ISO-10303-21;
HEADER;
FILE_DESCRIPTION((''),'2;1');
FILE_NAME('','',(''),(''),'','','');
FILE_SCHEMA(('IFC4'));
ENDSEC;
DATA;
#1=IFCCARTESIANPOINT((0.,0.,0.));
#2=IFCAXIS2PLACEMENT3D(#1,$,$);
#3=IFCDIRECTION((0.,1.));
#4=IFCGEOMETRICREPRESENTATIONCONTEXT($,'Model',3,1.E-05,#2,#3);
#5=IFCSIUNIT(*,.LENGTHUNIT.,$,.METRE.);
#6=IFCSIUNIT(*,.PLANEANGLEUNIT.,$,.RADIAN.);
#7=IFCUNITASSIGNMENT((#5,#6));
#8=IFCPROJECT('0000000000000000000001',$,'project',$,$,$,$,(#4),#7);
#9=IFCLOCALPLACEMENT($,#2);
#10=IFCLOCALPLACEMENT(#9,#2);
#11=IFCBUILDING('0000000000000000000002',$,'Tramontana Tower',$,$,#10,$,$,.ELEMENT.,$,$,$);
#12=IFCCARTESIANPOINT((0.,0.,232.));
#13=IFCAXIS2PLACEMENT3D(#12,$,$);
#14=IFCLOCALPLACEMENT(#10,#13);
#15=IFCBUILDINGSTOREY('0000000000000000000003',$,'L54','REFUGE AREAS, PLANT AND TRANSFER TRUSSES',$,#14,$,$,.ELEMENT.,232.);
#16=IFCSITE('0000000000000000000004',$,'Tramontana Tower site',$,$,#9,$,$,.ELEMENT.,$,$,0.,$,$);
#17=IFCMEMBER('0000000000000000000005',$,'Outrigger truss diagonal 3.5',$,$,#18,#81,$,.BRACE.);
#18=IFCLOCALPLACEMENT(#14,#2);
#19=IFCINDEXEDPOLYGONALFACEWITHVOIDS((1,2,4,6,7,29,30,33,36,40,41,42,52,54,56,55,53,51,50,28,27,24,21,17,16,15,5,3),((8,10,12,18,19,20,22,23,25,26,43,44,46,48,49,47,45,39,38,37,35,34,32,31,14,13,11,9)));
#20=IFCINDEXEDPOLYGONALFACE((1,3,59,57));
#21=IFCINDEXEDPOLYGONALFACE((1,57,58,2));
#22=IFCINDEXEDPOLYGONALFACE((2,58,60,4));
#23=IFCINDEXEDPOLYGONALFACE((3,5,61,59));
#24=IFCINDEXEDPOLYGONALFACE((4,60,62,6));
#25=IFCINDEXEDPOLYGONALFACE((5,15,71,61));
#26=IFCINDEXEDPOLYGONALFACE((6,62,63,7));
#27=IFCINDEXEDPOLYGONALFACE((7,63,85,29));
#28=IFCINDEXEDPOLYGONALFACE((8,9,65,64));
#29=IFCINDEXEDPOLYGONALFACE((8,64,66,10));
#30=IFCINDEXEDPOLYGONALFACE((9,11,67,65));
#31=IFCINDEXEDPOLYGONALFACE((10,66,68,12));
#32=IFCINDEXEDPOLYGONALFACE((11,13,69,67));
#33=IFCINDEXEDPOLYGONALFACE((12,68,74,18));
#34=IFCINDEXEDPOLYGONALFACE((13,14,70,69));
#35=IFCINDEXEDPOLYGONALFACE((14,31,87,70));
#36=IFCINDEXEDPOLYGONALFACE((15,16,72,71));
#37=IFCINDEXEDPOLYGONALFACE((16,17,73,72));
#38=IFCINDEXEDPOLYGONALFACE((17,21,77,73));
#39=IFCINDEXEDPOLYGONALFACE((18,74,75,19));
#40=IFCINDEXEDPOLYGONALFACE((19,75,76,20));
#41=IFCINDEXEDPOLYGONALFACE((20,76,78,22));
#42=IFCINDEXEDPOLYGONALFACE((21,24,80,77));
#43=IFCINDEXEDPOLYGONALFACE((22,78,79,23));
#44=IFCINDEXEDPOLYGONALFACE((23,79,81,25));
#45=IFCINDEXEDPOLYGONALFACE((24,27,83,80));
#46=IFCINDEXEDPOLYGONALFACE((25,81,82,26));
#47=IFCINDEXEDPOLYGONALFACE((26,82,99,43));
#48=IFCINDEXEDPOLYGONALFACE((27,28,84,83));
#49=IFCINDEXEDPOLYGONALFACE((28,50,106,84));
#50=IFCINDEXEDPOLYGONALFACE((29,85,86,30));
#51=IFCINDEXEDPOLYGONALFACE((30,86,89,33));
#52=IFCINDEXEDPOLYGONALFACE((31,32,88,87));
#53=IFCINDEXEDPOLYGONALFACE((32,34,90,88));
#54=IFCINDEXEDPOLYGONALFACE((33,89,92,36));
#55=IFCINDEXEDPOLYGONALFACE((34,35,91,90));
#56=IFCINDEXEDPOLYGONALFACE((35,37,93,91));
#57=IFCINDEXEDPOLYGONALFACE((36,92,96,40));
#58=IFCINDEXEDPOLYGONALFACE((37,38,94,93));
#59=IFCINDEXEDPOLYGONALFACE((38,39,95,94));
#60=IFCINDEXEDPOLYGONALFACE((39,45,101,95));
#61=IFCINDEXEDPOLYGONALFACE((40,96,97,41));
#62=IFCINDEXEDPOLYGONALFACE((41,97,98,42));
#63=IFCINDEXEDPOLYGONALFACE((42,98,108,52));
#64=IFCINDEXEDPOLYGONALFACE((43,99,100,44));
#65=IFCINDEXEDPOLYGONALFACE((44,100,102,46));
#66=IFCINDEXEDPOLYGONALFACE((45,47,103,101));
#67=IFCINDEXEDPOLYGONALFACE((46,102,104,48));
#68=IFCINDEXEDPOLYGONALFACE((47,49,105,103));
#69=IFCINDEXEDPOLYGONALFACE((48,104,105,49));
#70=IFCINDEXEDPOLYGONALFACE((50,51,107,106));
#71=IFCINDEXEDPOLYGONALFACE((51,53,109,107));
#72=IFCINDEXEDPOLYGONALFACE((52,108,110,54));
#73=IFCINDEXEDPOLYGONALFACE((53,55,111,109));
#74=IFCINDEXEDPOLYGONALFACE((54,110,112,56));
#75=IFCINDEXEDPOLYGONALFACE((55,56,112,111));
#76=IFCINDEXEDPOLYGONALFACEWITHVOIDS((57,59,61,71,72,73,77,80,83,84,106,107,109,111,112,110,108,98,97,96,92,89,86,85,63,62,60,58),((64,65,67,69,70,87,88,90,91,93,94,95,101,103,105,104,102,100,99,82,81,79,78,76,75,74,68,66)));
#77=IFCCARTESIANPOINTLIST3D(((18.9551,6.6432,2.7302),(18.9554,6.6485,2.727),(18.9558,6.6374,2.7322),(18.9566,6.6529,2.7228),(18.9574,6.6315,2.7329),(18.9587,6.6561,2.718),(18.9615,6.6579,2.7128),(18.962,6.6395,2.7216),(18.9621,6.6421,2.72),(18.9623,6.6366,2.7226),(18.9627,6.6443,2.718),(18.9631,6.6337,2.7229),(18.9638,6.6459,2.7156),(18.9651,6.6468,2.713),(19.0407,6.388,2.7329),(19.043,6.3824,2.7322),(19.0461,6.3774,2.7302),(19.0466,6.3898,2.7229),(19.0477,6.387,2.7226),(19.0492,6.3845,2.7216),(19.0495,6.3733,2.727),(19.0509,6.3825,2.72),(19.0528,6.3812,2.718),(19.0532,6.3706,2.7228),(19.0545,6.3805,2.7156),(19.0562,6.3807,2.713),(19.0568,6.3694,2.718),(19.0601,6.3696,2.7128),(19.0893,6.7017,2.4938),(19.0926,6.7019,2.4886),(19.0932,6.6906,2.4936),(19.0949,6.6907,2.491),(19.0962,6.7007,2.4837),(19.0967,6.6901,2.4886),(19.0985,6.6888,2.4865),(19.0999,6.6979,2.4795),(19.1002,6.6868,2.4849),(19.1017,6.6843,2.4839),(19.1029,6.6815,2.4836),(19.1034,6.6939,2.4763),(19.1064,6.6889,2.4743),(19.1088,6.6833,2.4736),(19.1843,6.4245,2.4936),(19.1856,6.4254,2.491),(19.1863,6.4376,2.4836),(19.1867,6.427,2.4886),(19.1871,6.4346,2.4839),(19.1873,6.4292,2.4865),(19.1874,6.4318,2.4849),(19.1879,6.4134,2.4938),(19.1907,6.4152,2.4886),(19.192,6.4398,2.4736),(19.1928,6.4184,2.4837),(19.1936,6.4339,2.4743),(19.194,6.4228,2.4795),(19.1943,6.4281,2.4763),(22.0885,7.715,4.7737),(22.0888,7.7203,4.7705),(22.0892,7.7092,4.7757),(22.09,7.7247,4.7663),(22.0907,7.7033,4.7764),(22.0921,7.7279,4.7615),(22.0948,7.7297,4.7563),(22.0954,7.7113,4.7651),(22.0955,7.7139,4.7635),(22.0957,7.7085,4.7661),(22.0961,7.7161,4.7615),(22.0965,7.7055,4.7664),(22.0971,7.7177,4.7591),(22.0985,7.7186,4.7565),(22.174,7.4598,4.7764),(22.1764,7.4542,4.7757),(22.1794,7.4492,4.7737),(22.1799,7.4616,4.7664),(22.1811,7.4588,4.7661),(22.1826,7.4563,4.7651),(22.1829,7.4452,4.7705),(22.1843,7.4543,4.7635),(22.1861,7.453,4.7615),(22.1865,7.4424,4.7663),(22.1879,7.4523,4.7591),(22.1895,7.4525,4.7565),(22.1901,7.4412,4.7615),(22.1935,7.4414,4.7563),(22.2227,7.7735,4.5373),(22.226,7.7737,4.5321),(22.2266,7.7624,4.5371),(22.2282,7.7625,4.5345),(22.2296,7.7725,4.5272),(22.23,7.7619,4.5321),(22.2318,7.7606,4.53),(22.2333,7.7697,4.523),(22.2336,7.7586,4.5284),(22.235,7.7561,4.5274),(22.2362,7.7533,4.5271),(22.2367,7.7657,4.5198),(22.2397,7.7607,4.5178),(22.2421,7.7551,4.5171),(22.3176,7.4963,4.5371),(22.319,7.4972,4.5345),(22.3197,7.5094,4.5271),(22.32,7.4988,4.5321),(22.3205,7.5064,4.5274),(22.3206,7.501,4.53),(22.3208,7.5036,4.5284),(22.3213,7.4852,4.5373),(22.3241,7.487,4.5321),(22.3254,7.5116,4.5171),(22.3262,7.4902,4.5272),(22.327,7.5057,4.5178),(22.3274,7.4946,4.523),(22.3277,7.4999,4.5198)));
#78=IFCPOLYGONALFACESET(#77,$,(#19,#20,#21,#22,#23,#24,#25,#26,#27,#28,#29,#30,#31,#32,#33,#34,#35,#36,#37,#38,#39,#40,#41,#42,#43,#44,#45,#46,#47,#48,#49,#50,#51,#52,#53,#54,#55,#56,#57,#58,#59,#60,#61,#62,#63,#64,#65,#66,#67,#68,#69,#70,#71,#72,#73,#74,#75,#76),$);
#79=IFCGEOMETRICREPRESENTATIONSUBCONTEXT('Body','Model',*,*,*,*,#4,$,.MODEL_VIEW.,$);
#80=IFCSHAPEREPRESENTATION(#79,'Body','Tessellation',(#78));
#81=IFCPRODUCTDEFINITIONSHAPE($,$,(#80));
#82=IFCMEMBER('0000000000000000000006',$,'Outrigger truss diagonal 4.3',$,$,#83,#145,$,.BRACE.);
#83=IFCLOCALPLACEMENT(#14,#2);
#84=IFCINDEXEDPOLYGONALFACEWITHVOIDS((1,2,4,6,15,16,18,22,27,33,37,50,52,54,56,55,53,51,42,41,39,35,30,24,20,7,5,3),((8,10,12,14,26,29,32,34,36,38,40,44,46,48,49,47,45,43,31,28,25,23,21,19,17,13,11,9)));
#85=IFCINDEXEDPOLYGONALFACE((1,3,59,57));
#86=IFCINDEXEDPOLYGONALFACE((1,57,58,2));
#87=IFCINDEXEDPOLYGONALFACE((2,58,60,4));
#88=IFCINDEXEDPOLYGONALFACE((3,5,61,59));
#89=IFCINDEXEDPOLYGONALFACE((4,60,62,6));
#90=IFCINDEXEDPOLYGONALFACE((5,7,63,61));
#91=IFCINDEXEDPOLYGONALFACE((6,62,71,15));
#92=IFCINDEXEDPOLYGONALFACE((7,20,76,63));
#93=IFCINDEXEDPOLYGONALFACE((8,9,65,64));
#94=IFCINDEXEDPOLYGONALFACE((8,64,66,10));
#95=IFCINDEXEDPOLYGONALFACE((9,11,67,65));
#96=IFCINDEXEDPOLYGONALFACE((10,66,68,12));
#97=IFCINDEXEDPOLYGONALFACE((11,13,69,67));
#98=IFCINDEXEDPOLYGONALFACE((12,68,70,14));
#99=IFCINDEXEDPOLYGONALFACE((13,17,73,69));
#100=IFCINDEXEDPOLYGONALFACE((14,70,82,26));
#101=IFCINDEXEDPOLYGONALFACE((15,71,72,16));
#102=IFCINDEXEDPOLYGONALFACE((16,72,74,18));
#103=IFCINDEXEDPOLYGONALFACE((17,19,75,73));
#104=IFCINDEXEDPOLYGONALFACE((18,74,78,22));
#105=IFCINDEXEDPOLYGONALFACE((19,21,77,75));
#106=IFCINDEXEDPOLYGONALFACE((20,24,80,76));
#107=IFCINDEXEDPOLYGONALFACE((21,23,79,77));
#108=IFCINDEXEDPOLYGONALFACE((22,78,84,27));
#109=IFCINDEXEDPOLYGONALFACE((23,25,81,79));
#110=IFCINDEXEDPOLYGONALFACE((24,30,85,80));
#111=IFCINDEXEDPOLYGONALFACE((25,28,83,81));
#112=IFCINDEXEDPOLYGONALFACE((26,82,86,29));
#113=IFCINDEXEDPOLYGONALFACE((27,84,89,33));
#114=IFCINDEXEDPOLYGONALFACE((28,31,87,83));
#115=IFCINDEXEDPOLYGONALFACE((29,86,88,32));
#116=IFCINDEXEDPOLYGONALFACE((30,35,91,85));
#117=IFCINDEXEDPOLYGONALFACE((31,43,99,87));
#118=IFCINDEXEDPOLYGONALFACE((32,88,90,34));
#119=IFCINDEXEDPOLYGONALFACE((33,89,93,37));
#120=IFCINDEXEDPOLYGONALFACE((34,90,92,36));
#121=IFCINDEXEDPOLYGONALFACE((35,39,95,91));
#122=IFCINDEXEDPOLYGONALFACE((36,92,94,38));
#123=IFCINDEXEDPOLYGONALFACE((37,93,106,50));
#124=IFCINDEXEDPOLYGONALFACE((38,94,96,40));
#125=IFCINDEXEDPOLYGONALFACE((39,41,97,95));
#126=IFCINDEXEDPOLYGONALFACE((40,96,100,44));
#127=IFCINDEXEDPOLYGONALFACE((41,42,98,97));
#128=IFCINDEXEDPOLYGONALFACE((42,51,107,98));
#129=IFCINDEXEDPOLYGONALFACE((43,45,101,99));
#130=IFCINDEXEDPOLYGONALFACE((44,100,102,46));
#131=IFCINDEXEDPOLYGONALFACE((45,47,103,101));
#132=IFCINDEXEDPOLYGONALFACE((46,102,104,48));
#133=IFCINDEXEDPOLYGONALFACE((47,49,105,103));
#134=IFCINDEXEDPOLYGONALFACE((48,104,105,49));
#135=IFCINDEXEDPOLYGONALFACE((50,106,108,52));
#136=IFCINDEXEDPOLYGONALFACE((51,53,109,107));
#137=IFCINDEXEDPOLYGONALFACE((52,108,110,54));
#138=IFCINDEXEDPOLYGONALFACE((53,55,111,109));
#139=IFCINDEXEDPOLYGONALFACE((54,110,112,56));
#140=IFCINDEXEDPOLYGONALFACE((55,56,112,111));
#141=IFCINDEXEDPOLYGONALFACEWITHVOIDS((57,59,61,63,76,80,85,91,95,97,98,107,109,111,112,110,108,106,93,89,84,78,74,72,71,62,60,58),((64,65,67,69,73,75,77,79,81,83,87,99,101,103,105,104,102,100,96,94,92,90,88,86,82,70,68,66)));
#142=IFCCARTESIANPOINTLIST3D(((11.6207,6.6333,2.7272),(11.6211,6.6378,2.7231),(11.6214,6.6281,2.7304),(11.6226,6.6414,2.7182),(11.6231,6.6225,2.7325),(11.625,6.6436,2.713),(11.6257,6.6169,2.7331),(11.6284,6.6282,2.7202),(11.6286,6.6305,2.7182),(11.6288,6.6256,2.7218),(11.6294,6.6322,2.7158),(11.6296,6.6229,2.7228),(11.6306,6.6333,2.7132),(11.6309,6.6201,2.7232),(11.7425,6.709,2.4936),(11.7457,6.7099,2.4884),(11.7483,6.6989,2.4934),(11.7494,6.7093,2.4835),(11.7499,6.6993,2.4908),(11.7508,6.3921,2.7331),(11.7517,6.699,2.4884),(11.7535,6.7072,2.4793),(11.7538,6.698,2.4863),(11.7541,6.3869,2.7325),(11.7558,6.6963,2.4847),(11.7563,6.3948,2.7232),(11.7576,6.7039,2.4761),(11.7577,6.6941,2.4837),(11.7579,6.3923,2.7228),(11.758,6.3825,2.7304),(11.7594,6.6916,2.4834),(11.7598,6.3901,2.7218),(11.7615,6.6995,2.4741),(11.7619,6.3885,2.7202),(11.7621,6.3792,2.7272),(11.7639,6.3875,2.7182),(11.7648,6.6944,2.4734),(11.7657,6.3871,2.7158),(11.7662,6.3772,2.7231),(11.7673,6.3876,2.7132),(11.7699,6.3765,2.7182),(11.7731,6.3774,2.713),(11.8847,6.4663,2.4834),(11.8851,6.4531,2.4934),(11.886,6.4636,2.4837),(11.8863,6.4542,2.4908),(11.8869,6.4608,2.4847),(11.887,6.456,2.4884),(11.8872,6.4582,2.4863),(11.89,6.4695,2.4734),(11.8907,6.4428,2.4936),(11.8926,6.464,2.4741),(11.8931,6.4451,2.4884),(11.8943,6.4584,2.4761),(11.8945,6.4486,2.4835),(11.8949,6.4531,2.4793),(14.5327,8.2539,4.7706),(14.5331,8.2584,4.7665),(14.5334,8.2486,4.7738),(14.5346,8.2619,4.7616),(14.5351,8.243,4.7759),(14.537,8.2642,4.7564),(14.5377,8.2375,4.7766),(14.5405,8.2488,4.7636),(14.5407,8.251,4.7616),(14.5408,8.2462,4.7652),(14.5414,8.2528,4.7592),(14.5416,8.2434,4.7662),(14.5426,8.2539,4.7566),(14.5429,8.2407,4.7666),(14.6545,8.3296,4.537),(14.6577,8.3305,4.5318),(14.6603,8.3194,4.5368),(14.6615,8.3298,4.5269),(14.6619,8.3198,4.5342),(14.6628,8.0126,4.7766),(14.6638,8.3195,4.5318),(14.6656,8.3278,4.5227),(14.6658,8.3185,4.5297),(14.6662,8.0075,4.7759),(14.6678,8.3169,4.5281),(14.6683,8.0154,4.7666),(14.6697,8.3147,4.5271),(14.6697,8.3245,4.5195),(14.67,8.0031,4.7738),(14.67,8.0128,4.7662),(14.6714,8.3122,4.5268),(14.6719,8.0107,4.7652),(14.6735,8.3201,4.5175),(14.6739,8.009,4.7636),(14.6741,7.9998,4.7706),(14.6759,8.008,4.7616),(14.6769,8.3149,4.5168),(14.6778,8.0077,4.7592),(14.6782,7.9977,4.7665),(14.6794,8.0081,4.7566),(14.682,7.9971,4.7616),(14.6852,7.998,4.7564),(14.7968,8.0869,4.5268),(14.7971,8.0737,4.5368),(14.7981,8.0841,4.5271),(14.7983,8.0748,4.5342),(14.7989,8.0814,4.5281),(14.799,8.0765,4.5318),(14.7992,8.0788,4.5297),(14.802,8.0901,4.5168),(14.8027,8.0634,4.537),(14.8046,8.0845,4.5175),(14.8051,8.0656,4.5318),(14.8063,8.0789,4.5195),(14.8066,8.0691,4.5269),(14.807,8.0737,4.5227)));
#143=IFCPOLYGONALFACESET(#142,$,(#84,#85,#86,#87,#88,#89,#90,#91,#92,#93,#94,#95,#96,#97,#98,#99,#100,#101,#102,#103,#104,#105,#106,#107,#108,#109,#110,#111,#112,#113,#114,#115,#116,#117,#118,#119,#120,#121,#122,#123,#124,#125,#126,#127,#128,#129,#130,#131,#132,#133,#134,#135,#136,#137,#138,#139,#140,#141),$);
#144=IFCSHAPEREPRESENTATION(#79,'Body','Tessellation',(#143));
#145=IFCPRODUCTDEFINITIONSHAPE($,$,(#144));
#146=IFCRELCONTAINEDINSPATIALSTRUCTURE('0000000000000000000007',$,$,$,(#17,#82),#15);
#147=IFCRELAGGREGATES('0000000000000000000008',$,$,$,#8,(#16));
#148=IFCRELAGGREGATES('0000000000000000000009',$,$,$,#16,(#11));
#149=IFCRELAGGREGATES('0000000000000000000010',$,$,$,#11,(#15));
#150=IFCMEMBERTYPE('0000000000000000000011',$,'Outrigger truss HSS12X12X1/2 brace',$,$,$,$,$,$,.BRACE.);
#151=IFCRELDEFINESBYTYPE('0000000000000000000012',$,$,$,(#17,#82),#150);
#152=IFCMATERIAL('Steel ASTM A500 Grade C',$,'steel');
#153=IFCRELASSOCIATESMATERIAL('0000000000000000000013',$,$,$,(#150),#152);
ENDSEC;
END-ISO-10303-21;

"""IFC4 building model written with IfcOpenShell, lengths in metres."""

from ifc_helpers import new_model, si_unit, direction, frame, origin, origin_2d, place, context, subcontext, project, spatial, hollow_rectangle, extrude, material, material_profile, profile_set, type_object, element, save


model = new_model("IFC4")

# Units and contexts
model_context = context("Model", 3, precision=1e-05, world=origin(), true_north=direction((0.0, 1.0)))
body_context = subcontext(model_context, "Body", "Model", "MODEL_VIEW")
ifc_project = project(units=[si_unit("LENGTHUNIT", "METRE"), si_unit("PLANEANGLEUNIT", "RADIAN")], contexts=[model_context])

# Site, building, storey
site_placement = place(None, origin())
site = spatial("IfcSite", under=ifc_project, at=site_placement, Name="Tramontana Tower site", CompositionType="ELEMENT", RefElevation=0.0)
building_placement = place(site_placement, origin())
building = spatial("IfcBuilding", under=site, at=building_placement, Name="Tramontana Tower", CompositionType="ELEMENT")
storey_placement = place(building_placement, frame((0.0, 0.0, 232.0)))
storey = spatial("IfcBuildingStorey", under=building, at=storey_placement, Name="L54", Description="REFUGE AREAS, PLANT AND TRANSFER TRUSSES", CompositionType="ELEMENT", Elevation=232.0)

# Members
ifc_material_1 = material(Name="Steel ASTM A500 Grade C", Category="steel")
ifc_material_profile_1 = material_profile(ifc_material_1, hollow_rectangle(XDim=0.3047, YDim=0.3047, WallThickness=0.0117, InnerFilletRadius=0.0117, OuterFilletRadius=0.0237, at=origin_2d()), Name="HSS12X12X1/2")
ifc_profile_set_1 = profile_set([ifc_material_profile_1], Name="Steel ASTM A500 Grade C")
member_type_1 = type_object("IfcMemberType", Name="Outrigger truss HSS12X12X1/2 brace", PredefinedType="BRACE", material=ifc_profile_set_1)
member_1_placement = place(storey_placement, frame((19.0747, 6.5356, 2.6033), z_axis=(0.805212, 0.275431, 0.525139), x_axis=(-0.323649, 0.946177, 0.0)))
element("IfcMember", 1, at=member_1_placement, inside=storey, type_object=member_type_1, Name="Outrigger truss diagonal 3.5", PredefinedType="BRACE", context=body_context, shape_type="SweptSolid", body=[
    extrude(hollow_rectangle(XDim=0.3047, YDim=0.3047, WallThickness=0.0117, InnerFilletRadius=0.0117, OuterFilletRadius=0.0237, at=origin_2d()), origin(), (0.0, 0.0, 1.0), 3.8914),
])
for number, where, z_axis, x_axis, name in (
    (2, (11.7578, 6.5432, 2.6033), (0.744922, 0.414554, 0.52272), (-0.486277, 0.873805, 0.0), "Outrigger truss diagonal 4.3"),
):
    element("IfcMember", number, at=place(storey_placement, frame(where, z_axis=z_axis, x_axis=x_axis)), inside=storey, type_object=member_type_1, Name=name, PredefinedType="BRACE", context=body_context, shape_type="SweptSolid", body=[
        extrude(hollow_rectangle(XDim=0.3047, YDim=0.3047, WallThickness=0.0117, InnerFilletRadius=0.0117, OuterFilletRadius=0.0237, at=origin_2d()), origin(), (0.0, 0.0, 1.0), 3.9092),
    ])

save(model, "model.ifc")
